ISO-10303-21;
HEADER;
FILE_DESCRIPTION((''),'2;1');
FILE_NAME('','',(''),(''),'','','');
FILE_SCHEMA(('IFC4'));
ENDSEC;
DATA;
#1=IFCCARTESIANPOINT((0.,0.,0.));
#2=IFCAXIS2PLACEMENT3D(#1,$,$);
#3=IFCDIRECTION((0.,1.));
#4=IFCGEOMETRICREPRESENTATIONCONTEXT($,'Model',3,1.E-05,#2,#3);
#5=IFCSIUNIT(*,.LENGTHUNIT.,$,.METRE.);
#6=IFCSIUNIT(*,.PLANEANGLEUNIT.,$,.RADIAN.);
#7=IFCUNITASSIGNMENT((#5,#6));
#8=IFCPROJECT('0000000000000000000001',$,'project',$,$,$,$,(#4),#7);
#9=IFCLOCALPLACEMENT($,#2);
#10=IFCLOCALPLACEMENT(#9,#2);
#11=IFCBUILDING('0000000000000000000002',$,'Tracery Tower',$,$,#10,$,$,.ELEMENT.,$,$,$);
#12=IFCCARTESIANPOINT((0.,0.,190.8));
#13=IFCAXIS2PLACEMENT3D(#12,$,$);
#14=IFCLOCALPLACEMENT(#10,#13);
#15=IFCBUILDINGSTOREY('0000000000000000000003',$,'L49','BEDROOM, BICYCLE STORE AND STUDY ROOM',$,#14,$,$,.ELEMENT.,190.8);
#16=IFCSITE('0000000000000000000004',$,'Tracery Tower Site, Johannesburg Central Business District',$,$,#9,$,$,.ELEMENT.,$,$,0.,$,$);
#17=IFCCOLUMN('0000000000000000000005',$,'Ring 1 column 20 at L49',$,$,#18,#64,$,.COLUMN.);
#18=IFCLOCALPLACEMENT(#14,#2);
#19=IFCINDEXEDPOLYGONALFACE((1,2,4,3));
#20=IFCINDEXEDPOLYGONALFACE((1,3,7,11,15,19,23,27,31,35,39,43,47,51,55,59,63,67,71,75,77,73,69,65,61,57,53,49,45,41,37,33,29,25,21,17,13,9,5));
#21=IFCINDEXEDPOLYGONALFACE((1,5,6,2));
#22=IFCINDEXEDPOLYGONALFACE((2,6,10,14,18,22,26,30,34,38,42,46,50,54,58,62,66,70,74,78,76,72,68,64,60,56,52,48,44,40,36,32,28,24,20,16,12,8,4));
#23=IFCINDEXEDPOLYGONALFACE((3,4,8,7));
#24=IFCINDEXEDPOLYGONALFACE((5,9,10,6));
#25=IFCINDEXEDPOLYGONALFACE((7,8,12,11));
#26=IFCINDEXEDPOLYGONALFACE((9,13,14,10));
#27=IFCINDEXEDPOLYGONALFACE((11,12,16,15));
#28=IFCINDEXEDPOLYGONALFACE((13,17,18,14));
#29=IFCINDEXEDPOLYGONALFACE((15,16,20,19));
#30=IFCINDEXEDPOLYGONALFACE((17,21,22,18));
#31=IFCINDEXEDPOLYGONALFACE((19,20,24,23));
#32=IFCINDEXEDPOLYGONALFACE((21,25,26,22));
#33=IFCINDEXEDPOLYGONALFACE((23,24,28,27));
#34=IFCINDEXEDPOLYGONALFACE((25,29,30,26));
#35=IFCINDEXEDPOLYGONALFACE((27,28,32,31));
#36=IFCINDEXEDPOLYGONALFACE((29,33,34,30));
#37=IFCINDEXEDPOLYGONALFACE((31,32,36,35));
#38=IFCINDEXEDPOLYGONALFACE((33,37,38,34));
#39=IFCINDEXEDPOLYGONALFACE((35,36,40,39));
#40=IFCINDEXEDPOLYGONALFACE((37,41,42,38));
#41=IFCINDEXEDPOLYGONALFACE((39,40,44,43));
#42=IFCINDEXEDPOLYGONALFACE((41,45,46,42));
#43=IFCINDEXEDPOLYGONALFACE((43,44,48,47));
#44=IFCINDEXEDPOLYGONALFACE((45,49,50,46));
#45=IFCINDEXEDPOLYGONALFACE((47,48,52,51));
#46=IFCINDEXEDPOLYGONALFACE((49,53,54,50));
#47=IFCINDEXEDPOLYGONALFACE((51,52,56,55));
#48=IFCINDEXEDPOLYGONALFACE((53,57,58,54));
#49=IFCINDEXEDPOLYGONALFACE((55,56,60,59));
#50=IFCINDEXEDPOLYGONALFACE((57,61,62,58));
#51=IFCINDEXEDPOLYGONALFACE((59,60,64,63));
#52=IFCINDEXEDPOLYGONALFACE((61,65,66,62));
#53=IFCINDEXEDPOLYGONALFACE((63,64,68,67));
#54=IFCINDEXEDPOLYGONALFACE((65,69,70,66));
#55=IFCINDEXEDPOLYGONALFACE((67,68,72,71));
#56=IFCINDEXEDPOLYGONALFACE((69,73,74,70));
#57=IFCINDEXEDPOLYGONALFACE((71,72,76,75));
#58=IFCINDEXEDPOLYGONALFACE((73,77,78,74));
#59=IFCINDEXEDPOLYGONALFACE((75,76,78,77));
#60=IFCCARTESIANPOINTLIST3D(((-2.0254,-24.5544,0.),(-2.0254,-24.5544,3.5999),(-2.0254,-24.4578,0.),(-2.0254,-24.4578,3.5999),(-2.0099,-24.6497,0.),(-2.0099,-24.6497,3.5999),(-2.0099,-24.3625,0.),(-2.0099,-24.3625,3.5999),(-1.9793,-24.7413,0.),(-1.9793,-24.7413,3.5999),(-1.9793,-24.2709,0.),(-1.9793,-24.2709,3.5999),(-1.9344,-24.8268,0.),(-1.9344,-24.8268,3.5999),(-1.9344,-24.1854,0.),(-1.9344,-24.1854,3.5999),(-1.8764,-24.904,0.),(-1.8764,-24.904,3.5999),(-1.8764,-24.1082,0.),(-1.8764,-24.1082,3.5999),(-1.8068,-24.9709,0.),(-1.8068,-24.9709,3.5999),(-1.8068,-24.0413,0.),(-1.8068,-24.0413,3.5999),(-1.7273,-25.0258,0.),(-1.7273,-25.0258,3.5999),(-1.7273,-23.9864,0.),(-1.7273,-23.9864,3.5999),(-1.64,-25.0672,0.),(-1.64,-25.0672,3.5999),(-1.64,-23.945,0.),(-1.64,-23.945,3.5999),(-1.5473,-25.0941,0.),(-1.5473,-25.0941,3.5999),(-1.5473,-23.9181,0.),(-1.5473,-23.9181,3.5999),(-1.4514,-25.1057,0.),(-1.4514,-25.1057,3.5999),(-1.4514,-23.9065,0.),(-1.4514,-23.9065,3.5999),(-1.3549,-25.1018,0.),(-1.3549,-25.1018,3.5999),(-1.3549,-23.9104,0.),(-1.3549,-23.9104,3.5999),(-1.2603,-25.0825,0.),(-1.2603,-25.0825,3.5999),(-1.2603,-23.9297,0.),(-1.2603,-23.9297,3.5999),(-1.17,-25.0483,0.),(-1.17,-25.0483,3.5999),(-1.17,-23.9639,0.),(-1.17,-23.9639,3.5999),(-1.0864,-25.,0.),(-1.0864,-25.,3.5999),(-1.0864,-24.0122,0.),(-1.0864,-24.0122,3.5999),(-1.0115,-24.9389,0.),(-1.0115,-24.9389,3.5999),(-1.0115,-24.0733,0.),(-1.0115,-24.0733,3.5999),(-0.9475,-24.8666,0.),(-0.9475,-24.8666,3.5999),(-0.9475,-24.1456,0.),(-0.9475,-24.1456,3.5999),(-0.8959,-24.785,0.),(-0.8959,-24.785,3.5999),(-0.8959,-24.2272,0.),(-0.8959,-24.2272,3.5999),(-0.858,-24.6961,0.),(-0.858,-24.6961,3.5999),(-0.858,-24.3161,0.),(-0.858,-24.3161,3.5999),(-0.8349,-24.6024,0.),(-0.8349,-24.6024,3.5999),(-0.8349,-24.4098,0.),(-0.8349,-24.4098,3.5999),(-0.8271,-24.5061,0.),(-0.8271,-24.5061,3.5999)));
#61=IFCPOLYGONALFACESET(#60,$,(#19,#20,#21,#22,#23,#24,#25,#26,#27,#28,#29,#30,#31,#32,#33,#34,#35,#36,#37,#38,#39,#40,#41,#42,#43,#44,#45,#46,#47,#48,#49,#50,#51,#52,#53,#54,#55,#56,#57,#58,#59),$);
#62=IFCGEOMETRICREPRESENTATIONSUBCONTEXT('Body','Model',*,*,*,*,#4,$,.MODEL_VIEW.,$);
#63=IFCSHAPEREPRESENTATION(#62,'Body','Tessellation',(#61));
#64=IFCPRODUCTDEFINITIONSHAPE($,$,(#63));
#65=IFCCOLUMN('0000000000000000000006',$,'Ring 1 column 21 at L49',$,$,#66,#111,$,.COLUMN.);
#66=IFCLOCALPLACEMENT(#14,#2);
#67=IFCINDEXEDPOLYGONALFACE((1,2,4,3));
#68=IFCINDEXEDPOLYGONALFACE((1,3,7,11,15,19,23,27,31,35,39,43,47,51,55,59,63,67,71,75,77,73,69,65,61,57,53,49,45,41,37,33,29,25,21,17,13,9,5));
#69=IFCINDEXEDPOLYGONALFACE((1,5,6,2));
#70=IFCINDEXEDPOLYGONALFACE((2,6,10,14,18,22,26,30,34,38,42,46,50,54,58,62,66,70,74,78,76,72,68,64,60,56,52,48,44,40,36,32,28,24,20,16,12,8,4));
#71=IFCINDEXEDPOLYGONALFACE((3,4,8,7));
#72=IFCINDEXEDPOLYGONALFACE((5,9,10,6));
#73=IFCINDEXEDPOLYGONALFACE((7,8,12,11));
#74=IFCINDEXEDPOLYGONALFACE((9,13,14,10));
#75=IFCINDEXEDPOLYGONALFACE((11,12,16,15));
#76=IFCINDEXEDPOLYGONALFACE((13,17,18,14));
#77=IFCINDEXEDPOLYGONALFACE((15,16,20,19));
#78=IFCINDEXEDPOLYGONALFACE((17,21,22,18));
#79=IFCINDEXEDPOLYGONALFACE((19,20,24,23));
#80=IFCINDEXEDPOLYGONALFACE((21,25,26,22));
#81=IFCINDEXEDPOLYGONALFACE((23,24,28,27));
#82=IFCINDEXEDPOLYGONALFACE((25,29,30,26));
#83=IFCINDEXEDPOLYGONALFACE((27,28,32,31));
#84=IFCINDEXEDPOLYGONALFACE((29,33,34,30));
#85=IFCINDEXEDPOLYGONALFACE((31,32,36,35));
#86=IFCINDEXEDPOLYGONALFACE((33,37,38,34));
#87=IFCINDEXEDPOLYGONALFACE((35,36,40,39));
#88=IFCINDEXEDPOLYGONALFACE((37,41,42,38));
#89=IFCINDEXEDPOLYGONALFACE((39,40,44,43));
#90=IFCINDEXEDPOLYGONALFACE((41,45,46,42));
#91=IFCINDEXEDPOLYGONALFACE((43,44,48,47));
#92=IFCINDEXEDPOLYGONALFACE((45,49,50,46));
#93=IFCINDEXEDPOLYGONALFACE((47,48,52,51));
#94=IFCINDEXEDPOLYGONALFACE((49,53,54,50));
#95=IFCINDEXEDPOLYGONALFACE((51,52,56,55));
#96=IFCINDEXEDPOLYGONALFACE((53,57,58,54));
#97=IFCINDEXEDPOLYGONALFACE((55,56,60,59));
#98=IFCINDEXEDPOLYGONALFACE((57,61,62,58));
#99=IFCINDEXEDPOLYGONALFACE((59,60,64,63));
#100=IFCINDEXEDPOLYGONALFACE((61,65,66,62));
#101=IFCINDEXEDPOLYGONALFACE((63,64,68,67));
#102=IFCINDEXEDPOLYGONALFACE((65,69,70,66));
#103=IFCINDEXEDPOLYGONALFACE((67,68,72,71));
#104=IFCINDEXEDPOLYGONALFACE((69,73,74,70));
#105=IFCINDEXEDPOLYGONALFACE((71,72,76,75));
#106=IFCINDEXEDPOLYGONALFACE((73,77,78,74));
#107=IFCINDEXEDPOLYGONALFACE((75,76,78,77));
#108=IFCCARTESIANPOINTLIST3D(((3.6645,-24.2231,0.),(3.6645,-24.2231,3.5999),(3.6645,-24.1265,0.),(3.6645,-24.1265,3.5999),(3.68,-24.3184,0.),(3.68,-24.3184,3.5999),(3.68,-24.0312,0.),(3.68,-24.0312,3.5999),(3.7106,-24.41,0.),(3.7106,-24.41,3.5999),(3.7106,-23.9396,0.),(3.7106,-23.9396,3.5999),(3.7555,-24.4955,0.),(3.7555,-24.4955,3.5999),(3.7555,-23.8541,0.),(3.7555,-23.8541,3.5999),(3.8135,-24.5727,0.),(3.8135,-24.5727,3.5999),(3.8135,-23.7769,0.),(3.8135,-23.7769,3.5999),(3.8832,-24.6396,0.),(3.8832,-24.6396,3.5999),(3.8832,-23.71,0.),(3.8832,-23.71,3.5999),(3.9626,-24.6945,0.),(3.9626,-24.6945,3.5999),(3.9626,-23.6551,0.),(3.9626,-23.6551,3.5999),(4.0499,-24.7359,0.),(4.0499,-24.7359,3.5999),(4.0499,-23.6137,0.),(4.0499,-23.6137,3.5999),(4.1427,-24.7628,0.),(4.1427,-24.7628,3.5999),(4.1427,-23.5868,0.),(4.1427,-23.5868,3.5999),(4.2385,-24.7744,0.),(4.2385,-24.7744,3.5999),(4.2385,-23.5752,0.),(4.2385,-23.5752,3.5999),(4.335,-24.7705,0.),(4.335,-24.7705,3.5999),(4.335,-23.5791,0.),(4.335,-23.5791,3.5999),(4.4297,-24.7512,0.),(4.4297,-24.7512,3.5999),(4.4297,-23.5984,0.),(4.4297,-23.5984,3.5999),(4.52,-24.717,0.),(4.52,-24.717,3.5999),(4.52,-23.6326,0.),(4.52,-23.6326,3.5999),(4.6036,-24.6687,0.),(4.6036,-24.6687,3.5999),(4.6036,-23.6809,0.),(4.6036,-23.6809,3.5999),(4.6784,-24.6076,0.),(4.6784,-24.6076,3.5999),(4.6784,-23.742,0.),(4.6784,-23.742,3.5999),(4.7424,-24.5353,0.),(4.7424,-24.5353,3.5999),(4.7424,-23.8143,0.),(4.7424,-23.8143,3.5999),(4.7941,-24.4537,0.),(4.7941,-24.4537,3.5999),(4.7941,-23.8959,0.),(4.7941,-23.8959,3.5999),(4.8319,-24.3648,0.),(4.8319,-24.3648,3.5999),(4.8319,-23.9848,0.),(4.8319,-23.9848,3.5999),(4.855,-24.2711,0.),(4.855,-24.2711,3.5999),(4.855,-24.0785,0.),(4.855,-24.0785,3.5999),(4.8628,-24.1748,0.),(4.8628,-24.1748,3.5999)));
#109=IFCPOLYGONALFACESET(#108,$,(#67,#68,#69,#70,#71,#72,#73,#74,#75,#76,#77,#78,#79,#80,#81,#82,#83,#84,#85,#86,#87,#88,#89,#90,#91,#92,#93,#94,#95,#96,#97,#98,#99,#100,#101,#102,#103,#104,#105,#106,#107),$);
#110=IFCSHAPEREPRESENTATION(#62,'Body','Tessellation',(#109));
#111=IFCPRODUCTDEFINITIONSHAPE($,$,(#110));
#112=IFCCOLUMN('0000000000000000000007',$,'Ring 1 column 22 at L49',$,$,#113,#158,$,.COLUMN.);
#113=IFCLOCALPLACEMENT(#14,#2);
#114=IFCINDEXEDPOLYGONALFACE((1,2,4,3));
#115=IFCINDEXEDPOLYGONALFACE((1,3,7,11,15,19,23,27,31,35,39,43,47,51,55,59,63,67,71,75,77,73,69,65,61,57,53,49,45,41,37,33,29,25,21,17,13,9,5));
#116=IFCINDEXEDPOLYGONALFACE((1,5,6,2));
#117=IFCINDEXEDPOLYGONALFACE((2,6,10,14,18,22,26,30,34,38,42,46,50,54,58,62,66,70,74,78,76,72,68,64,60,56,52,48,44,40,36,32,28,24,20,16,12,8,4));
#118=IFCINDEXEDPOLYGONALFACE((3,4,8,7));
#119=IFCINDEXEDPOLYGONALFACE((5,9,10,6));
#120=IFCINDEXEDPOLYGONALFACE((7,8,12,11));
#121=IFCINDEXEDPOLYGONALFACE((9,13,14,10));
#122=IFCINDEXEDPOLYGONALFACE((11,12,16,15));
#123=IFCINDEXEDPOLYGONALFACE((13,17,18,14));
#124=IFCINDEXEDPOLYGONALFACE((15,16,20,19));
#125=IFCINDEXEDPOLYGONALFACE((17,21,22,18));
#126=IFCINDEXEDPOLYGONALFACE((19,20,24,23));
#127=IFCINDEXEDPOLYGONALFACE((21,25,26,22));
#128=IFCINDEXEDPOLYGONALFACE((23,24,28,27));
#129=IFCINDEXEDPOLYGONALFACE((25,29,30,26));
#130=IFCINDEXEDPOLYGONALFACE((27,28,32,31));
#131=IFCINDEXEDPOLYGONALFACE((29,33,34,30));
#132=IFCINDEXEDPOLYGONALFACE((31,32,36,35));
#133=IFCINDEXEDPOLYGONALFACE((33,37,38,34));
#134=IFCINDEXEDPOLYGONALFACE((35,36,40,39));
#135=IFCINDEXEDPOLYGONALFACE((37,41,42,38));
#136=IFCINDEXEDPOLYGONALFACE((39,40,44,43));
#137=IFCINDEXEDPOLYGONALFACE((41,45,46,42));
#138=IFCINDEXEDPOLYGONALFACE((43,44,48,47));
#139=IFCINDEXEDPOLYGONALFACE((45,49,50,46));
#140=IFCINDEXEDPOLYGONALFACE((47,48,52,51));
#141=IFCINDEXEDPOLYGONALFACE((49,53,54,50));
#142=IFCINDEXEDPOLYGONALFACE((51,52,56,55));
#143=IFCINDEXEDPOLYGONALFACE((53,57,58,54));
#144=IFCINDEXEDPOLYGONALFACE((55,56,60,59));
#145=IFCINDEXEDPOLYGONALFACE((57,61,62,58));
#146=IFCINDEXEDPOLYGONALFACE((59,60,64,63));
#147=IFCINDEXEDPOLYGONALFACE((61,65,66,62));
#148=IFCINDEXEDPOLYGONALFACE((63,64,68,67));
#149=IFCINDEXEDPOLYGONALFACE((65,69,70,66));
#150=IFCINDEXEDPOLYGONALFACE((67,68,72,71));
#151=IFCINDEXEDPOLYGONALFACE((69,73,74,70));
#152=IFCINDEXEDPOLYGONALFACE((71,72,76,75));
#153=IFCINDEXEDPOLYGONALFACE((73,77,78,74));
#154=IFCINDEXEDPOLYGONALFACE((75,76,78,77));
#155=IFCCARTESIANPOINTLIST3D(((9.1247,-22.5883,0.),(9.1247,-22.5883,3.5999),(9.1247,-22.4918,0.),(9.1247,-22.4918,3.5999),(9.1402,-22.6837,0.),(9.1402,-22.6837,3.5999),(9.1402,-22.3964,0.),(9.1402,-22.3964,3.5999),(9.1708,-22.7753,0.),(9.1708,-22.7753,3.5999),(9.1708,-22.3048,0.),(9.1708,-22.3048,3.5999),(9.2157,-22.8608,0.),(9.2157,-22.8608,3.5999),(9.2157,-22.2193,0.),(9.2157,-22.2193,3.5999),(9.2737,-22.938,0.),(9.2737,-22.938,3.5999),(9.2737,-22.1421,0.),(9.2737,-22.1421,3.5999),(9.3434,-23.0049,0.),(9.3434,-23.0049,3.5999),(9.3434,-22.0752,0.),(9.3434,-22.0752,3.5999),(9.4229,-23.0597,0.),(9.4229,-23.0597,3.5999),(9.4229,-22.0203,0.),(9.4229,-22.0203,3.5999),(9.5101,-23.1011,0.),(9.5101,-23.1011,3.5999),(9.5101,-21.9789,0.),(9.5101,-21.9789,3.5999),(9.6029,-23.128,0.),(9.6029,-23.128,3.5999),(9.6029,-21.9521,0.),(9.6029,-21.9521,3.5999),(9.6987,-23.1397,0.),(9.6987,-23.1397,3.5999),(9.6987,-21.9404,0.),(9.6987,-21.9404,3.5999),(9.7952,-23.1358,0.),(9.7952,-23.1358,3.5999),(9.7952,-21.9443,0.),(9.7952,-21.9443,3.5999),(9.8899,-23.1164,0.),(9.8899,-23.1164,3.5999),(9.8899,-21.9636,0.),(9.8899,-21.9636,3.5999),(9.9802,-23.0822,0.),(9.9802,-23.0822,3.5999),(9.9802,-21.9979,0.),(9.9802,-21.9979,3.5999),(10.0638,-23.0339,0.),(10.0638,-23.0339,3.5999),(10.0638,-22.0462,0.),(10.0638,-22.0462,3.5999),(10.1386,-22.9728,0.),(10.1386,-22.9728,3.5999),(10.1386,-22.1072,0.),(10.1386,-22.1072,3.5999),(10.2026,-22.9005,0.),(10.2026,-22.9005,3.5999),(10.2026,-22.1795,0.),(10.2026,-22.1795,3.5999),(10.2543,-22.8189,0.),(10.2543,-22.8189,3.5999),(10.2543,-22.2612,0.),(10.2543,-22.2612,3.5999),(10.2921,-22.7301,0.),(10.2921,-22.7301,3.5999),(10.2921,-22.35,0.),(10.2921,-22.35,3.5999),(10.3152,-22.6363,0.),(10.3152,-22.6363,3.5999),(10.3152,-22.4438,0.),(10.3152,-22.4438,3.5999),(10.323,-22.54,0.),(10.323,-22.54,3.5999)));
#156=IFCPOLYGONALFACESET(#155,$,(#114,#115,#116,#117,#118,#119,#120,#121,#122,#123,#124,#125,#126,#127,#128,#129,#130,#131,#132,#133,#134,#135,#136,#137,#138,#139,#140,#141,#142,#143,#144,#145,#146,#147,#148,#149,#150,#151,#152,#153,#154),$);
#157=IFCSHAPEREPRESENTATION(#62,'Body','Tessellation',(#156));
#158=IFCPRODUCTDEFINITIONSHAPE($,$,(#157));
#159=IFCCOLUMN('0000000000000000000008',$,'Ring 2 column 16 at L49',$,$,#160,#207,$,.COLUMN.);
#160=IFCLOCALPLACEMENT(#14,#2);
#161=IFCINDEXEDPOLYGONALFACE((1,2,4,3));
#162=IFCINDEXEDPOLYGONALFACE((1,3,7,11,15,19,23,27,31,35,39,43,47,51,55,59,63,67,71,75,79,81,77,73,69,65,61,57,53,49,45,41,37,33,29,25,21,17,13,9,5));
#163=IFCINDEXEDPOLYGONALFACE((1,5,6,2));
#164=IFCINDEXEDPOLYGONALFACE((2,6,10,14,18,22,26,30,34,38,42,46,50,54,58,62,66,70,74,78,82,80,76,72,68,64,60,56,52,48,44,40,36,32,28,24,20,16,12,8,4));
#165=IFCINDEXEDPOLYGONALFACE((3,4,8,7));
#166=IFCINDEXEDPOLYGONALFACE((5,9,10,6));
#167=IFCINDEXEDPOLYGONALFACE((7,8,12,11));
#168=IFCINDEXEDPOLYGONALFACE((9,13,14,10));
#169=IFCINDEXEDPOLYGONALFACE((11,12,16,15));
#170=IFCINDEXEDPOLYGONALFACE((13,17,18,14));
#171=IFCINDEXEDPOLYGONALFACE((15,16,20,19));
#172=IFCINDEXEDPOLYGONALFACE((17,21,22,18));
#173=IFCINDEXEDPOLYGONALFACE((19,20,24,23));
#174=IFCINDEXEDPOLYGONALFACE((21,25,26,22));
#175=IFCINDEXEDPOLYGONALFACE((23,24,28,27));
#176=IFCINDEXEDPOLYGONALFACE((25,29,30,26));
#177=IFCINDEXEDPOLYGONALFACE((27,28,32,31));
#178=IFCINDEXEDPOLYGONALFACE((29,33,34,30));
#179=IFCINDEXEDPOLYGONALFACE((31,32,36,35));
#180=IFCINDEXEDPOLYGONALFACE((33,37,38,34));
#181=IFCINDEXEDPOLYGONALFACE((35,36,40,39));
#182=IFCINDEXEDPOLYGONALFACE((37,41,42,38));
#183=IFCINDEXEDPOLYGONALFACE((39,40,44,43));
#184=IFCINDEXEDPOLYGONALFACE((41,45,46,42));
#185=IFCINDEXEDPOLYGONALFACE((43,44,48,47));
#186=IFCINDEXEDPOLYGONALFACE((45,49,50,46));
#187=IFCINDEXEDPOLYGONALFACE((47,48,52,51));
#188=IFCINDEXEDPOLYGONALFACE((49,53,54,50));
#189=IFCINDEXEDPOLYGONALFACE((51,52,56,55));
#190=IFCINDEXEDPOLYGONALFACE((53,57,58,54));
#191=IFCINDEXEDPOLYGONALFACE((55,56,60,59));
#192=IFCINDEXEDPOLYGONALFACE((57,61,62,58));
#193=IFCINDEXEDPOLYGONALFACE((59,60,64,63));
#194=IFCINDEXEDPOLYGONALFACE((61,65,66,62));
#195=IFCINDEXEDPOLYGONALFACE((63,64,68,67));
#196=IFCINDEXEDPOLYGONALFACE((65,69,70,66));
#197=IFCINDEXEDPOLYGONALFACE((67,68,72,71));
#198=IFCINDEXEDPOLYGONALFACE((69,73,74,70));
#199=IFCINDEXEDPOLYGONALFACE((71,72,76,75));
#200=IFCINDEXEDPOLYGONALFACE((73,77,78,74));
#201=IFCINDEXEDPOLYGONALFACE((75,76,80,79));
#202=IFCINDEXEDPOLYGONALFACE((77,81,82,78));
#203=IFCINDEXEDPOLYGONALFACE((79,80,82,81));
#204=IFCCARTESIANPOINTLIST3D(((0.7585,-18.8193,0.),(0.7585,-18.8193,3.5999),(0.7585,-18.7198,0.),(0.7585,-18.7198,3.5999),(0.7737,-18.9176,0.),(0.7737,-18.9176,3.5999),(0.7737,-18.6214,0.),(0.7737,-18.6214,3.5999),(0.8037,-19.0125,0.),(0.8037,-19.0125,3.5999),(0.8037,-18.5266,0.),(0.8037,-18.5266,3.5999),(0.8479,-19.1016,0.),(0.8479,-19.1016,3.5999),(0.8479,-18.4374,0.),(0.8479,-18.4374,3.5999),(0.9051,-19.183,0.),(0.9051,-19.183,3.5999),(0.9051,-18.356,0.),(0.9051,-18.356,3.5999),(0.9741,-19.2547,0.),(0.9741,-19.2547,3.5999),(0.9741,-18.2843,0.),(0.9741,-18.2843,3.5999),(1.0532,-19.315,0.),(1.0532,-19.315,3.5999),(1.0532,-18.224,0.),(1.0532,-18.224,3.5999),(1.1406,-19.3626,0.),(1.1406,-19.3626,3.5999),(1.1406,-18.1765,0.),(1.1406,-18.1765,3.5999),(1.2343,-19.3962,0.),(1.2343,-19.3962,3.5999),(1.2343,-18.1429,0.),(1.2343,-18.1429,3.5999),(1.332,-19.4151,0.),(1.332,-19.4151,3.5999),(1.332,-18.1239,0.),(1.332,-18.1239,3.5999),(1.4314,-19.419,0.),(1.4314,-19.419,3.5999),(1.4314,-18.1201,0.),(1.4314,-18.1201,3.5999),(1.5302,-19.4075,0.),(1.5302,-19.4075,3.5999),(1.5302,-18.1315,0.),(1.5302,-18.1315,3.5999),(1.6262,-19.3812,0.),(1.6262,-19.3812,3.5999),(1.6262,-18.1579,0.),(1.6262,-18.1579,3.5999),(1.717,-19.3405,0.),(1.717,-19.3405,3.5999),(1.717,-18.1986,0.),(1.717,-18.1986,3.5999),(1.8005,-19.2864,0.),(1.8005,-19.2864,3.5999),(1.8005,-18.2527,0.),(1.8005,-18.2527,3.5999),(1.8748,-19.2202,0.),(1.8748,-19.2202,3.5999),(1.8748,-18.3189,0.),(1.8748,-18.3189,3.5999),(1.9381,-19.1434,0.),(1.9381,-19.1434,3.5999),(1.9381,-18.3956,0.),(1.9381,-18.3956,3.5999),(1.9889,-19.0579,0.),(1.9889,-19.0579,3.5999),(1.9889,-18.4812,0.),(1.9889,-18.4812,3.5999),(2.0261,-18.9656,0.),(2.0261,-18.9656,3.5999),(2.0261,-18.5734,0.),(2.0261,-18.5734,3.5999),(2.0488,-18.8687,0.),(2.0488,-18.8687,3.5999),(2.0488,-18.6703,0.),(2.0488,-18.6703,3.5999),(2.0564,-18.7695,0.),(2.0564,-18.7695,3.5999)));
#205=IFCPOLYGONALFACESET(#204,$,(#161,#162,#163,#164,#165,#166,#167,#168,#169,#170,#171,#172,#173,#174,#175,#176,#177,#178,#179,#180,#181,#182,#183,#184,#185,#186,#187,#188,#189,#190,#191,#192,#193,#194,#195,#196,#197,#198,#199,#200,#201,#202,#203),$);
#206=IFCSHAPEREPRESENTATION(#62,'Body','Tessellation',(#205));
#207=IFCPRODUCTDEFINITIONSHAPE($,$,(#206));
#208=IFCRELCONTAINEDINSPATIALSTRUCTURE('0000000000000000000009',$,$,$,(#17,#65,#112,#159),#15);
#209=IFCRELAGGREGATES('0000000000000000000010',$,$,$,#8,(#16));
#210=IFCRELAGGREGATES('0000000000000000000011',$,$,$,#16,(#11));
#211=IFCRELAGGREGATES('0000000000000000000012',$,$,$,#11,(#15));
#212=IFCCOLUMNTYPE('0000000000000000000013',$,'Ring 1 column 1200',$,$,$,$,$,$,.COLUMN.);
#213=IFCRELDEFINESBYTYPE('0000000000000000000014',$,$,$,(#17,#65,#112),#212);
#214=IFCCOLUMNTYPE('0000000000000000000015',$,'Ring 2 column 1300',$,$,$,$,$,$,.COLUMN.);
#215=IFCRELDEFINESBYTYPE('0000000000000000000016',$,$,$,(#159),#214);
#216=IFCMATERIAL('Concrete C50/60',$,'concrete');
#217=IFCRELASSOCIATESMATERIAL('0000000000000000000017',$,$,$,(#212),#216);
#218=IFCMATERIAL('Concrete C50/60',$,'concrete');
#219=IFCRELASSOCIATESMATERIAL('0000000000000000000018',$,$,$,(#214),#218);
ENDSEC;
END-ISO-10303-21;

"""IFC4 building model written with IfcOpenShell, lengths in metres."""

from ifc_helpers import new_model, si_unit, direction, frame, origin, origin_2d, place, context, subcontext, project, spatial, circle, extrude, material, material_profile, profile_set, type_object, element, save


model = new_model("IFC4")

# Units and contexts
model_context = context("Model", 3, precision=1e-05, world=origin(), true_north=direction((0.0, 1.0)))
body_context = subcontext(model_context, "Body", "Model", "MODEL_VIEW")
ifc_project = project(units=[si_unit("LENGTHUNIT", "METRE"), si_unit("PLANEANGLEUNIT", "RADIAN")], contexts=[model_context])

# Site, building, storey
site_placement = place(None, origin())
site = spatial("IfcSite", under=ifc_project, at=site_placement, Name="Tracery Tower Site, Johannesburg Central Business District", CompositionType="ELEMENT", RefElevation=0.0)
building_placement = place(site_placement, origin())
building = spatial("IfcBuilding", under=site, at=building_placement, Name="Tracery Tower", CompositionType="ELEMENT")
storey_placement = place(building_placement, frame((0.0, 0.0, 190.8)))
storey = spatial("IfcBuildingStorey", under=building, at=storey_placement, Name="L49", Description="BEDROOM, BICYCLE STORE AND STUDY ROOM", CompositionType="ELEMENT", Elevation=190.8)

# Columns
ifc_material_1 = material(Name="Concrete C50/60", Category="concrete")
ifc_material_profile_1 = material_profile(ifc_material_1, circle(Radius=0.6001, at=origin_2d()), Name="RC D1200")
ifc_profile_set_1 = profile_set([ifc_material_profile_1], Name="Concrete C50/60")
column_type_1 = type_object("IfcColumnType", Name="Ring 1 column 1200", PredefinedType="COLUMN", material=ifc_profile_set_1)
for number, where, z_axis, x_axis, name in (
    (1, (-1.4272, -24.5061, 0.0), (0.0, 0.0, 1.0), (1.0, 0.0, 0.0), "Ring 1 column 20 at L49"),
    (2, (4.2627, -24.1748, 0.0), (0.0, 0.0, 1.0), (1.0, 0.0, 0.0), "Ring 1 column 21 at L49"),
    (3, (9.7229, -22.54, 0.0), (0.0, 0.0, 1.0), (1.0, 0.0, 0.0), "Ring 1 column 22 at L49"),
):
    element("IfcColumn", number, at=place(storey_placement, frame(where, z_axis=z_axis, x_axis=x_axis)), inside=storey, type_object=column_type_1, Name=name, PredefinedType="COLUMN", context=body_context, shape_type="SweptSolid", body=[
        extrude(circle(Radius=0.6001, at=origin_2d()), origin(), (0.0, 0.0, 1.0), 3.5999),
    ])
ifc_material_2 = material(Name="Concrete C50/60", Category="concrete")
ifc_material_profile_2 = material_profile(ifc_material_2, circle(Radius=0.6499, at=origin_2d()), Name="RC D1300")
ifc_profile_set_2 = profile_set([ifc_material_profile_2], Name="Concrete C50/60")
column_type_2 = type_object("IfcColumnType", Name="Ring 2 column 1300", PredefinedType="COLUMN", material=ifc_profile_set_2)
for number, where, z_axis, x_axis, name in (
    (4, (1.4065, -18.7695, 0.0), (0.0, 0.0, 1.0), (1.0, 0.0, 0.0), "Ring 2 column 16 at L49"),
):
    element("IfcColumn", number, at=place(storey_placement, frame(where, z_axis=z_axis, x_axis=x_axis)), inside=storey, type_object=column_type_2, Name=name, PredefinedType="COLUMN", context=body_context, shape_type="SweptSolid", body=[
        extrude(circle(Radius=0.6499, at=origin_2d()), origin(), (0.0, 0.0, 1.0), 3.5999),
    ])

save(model, "model.ifc")
